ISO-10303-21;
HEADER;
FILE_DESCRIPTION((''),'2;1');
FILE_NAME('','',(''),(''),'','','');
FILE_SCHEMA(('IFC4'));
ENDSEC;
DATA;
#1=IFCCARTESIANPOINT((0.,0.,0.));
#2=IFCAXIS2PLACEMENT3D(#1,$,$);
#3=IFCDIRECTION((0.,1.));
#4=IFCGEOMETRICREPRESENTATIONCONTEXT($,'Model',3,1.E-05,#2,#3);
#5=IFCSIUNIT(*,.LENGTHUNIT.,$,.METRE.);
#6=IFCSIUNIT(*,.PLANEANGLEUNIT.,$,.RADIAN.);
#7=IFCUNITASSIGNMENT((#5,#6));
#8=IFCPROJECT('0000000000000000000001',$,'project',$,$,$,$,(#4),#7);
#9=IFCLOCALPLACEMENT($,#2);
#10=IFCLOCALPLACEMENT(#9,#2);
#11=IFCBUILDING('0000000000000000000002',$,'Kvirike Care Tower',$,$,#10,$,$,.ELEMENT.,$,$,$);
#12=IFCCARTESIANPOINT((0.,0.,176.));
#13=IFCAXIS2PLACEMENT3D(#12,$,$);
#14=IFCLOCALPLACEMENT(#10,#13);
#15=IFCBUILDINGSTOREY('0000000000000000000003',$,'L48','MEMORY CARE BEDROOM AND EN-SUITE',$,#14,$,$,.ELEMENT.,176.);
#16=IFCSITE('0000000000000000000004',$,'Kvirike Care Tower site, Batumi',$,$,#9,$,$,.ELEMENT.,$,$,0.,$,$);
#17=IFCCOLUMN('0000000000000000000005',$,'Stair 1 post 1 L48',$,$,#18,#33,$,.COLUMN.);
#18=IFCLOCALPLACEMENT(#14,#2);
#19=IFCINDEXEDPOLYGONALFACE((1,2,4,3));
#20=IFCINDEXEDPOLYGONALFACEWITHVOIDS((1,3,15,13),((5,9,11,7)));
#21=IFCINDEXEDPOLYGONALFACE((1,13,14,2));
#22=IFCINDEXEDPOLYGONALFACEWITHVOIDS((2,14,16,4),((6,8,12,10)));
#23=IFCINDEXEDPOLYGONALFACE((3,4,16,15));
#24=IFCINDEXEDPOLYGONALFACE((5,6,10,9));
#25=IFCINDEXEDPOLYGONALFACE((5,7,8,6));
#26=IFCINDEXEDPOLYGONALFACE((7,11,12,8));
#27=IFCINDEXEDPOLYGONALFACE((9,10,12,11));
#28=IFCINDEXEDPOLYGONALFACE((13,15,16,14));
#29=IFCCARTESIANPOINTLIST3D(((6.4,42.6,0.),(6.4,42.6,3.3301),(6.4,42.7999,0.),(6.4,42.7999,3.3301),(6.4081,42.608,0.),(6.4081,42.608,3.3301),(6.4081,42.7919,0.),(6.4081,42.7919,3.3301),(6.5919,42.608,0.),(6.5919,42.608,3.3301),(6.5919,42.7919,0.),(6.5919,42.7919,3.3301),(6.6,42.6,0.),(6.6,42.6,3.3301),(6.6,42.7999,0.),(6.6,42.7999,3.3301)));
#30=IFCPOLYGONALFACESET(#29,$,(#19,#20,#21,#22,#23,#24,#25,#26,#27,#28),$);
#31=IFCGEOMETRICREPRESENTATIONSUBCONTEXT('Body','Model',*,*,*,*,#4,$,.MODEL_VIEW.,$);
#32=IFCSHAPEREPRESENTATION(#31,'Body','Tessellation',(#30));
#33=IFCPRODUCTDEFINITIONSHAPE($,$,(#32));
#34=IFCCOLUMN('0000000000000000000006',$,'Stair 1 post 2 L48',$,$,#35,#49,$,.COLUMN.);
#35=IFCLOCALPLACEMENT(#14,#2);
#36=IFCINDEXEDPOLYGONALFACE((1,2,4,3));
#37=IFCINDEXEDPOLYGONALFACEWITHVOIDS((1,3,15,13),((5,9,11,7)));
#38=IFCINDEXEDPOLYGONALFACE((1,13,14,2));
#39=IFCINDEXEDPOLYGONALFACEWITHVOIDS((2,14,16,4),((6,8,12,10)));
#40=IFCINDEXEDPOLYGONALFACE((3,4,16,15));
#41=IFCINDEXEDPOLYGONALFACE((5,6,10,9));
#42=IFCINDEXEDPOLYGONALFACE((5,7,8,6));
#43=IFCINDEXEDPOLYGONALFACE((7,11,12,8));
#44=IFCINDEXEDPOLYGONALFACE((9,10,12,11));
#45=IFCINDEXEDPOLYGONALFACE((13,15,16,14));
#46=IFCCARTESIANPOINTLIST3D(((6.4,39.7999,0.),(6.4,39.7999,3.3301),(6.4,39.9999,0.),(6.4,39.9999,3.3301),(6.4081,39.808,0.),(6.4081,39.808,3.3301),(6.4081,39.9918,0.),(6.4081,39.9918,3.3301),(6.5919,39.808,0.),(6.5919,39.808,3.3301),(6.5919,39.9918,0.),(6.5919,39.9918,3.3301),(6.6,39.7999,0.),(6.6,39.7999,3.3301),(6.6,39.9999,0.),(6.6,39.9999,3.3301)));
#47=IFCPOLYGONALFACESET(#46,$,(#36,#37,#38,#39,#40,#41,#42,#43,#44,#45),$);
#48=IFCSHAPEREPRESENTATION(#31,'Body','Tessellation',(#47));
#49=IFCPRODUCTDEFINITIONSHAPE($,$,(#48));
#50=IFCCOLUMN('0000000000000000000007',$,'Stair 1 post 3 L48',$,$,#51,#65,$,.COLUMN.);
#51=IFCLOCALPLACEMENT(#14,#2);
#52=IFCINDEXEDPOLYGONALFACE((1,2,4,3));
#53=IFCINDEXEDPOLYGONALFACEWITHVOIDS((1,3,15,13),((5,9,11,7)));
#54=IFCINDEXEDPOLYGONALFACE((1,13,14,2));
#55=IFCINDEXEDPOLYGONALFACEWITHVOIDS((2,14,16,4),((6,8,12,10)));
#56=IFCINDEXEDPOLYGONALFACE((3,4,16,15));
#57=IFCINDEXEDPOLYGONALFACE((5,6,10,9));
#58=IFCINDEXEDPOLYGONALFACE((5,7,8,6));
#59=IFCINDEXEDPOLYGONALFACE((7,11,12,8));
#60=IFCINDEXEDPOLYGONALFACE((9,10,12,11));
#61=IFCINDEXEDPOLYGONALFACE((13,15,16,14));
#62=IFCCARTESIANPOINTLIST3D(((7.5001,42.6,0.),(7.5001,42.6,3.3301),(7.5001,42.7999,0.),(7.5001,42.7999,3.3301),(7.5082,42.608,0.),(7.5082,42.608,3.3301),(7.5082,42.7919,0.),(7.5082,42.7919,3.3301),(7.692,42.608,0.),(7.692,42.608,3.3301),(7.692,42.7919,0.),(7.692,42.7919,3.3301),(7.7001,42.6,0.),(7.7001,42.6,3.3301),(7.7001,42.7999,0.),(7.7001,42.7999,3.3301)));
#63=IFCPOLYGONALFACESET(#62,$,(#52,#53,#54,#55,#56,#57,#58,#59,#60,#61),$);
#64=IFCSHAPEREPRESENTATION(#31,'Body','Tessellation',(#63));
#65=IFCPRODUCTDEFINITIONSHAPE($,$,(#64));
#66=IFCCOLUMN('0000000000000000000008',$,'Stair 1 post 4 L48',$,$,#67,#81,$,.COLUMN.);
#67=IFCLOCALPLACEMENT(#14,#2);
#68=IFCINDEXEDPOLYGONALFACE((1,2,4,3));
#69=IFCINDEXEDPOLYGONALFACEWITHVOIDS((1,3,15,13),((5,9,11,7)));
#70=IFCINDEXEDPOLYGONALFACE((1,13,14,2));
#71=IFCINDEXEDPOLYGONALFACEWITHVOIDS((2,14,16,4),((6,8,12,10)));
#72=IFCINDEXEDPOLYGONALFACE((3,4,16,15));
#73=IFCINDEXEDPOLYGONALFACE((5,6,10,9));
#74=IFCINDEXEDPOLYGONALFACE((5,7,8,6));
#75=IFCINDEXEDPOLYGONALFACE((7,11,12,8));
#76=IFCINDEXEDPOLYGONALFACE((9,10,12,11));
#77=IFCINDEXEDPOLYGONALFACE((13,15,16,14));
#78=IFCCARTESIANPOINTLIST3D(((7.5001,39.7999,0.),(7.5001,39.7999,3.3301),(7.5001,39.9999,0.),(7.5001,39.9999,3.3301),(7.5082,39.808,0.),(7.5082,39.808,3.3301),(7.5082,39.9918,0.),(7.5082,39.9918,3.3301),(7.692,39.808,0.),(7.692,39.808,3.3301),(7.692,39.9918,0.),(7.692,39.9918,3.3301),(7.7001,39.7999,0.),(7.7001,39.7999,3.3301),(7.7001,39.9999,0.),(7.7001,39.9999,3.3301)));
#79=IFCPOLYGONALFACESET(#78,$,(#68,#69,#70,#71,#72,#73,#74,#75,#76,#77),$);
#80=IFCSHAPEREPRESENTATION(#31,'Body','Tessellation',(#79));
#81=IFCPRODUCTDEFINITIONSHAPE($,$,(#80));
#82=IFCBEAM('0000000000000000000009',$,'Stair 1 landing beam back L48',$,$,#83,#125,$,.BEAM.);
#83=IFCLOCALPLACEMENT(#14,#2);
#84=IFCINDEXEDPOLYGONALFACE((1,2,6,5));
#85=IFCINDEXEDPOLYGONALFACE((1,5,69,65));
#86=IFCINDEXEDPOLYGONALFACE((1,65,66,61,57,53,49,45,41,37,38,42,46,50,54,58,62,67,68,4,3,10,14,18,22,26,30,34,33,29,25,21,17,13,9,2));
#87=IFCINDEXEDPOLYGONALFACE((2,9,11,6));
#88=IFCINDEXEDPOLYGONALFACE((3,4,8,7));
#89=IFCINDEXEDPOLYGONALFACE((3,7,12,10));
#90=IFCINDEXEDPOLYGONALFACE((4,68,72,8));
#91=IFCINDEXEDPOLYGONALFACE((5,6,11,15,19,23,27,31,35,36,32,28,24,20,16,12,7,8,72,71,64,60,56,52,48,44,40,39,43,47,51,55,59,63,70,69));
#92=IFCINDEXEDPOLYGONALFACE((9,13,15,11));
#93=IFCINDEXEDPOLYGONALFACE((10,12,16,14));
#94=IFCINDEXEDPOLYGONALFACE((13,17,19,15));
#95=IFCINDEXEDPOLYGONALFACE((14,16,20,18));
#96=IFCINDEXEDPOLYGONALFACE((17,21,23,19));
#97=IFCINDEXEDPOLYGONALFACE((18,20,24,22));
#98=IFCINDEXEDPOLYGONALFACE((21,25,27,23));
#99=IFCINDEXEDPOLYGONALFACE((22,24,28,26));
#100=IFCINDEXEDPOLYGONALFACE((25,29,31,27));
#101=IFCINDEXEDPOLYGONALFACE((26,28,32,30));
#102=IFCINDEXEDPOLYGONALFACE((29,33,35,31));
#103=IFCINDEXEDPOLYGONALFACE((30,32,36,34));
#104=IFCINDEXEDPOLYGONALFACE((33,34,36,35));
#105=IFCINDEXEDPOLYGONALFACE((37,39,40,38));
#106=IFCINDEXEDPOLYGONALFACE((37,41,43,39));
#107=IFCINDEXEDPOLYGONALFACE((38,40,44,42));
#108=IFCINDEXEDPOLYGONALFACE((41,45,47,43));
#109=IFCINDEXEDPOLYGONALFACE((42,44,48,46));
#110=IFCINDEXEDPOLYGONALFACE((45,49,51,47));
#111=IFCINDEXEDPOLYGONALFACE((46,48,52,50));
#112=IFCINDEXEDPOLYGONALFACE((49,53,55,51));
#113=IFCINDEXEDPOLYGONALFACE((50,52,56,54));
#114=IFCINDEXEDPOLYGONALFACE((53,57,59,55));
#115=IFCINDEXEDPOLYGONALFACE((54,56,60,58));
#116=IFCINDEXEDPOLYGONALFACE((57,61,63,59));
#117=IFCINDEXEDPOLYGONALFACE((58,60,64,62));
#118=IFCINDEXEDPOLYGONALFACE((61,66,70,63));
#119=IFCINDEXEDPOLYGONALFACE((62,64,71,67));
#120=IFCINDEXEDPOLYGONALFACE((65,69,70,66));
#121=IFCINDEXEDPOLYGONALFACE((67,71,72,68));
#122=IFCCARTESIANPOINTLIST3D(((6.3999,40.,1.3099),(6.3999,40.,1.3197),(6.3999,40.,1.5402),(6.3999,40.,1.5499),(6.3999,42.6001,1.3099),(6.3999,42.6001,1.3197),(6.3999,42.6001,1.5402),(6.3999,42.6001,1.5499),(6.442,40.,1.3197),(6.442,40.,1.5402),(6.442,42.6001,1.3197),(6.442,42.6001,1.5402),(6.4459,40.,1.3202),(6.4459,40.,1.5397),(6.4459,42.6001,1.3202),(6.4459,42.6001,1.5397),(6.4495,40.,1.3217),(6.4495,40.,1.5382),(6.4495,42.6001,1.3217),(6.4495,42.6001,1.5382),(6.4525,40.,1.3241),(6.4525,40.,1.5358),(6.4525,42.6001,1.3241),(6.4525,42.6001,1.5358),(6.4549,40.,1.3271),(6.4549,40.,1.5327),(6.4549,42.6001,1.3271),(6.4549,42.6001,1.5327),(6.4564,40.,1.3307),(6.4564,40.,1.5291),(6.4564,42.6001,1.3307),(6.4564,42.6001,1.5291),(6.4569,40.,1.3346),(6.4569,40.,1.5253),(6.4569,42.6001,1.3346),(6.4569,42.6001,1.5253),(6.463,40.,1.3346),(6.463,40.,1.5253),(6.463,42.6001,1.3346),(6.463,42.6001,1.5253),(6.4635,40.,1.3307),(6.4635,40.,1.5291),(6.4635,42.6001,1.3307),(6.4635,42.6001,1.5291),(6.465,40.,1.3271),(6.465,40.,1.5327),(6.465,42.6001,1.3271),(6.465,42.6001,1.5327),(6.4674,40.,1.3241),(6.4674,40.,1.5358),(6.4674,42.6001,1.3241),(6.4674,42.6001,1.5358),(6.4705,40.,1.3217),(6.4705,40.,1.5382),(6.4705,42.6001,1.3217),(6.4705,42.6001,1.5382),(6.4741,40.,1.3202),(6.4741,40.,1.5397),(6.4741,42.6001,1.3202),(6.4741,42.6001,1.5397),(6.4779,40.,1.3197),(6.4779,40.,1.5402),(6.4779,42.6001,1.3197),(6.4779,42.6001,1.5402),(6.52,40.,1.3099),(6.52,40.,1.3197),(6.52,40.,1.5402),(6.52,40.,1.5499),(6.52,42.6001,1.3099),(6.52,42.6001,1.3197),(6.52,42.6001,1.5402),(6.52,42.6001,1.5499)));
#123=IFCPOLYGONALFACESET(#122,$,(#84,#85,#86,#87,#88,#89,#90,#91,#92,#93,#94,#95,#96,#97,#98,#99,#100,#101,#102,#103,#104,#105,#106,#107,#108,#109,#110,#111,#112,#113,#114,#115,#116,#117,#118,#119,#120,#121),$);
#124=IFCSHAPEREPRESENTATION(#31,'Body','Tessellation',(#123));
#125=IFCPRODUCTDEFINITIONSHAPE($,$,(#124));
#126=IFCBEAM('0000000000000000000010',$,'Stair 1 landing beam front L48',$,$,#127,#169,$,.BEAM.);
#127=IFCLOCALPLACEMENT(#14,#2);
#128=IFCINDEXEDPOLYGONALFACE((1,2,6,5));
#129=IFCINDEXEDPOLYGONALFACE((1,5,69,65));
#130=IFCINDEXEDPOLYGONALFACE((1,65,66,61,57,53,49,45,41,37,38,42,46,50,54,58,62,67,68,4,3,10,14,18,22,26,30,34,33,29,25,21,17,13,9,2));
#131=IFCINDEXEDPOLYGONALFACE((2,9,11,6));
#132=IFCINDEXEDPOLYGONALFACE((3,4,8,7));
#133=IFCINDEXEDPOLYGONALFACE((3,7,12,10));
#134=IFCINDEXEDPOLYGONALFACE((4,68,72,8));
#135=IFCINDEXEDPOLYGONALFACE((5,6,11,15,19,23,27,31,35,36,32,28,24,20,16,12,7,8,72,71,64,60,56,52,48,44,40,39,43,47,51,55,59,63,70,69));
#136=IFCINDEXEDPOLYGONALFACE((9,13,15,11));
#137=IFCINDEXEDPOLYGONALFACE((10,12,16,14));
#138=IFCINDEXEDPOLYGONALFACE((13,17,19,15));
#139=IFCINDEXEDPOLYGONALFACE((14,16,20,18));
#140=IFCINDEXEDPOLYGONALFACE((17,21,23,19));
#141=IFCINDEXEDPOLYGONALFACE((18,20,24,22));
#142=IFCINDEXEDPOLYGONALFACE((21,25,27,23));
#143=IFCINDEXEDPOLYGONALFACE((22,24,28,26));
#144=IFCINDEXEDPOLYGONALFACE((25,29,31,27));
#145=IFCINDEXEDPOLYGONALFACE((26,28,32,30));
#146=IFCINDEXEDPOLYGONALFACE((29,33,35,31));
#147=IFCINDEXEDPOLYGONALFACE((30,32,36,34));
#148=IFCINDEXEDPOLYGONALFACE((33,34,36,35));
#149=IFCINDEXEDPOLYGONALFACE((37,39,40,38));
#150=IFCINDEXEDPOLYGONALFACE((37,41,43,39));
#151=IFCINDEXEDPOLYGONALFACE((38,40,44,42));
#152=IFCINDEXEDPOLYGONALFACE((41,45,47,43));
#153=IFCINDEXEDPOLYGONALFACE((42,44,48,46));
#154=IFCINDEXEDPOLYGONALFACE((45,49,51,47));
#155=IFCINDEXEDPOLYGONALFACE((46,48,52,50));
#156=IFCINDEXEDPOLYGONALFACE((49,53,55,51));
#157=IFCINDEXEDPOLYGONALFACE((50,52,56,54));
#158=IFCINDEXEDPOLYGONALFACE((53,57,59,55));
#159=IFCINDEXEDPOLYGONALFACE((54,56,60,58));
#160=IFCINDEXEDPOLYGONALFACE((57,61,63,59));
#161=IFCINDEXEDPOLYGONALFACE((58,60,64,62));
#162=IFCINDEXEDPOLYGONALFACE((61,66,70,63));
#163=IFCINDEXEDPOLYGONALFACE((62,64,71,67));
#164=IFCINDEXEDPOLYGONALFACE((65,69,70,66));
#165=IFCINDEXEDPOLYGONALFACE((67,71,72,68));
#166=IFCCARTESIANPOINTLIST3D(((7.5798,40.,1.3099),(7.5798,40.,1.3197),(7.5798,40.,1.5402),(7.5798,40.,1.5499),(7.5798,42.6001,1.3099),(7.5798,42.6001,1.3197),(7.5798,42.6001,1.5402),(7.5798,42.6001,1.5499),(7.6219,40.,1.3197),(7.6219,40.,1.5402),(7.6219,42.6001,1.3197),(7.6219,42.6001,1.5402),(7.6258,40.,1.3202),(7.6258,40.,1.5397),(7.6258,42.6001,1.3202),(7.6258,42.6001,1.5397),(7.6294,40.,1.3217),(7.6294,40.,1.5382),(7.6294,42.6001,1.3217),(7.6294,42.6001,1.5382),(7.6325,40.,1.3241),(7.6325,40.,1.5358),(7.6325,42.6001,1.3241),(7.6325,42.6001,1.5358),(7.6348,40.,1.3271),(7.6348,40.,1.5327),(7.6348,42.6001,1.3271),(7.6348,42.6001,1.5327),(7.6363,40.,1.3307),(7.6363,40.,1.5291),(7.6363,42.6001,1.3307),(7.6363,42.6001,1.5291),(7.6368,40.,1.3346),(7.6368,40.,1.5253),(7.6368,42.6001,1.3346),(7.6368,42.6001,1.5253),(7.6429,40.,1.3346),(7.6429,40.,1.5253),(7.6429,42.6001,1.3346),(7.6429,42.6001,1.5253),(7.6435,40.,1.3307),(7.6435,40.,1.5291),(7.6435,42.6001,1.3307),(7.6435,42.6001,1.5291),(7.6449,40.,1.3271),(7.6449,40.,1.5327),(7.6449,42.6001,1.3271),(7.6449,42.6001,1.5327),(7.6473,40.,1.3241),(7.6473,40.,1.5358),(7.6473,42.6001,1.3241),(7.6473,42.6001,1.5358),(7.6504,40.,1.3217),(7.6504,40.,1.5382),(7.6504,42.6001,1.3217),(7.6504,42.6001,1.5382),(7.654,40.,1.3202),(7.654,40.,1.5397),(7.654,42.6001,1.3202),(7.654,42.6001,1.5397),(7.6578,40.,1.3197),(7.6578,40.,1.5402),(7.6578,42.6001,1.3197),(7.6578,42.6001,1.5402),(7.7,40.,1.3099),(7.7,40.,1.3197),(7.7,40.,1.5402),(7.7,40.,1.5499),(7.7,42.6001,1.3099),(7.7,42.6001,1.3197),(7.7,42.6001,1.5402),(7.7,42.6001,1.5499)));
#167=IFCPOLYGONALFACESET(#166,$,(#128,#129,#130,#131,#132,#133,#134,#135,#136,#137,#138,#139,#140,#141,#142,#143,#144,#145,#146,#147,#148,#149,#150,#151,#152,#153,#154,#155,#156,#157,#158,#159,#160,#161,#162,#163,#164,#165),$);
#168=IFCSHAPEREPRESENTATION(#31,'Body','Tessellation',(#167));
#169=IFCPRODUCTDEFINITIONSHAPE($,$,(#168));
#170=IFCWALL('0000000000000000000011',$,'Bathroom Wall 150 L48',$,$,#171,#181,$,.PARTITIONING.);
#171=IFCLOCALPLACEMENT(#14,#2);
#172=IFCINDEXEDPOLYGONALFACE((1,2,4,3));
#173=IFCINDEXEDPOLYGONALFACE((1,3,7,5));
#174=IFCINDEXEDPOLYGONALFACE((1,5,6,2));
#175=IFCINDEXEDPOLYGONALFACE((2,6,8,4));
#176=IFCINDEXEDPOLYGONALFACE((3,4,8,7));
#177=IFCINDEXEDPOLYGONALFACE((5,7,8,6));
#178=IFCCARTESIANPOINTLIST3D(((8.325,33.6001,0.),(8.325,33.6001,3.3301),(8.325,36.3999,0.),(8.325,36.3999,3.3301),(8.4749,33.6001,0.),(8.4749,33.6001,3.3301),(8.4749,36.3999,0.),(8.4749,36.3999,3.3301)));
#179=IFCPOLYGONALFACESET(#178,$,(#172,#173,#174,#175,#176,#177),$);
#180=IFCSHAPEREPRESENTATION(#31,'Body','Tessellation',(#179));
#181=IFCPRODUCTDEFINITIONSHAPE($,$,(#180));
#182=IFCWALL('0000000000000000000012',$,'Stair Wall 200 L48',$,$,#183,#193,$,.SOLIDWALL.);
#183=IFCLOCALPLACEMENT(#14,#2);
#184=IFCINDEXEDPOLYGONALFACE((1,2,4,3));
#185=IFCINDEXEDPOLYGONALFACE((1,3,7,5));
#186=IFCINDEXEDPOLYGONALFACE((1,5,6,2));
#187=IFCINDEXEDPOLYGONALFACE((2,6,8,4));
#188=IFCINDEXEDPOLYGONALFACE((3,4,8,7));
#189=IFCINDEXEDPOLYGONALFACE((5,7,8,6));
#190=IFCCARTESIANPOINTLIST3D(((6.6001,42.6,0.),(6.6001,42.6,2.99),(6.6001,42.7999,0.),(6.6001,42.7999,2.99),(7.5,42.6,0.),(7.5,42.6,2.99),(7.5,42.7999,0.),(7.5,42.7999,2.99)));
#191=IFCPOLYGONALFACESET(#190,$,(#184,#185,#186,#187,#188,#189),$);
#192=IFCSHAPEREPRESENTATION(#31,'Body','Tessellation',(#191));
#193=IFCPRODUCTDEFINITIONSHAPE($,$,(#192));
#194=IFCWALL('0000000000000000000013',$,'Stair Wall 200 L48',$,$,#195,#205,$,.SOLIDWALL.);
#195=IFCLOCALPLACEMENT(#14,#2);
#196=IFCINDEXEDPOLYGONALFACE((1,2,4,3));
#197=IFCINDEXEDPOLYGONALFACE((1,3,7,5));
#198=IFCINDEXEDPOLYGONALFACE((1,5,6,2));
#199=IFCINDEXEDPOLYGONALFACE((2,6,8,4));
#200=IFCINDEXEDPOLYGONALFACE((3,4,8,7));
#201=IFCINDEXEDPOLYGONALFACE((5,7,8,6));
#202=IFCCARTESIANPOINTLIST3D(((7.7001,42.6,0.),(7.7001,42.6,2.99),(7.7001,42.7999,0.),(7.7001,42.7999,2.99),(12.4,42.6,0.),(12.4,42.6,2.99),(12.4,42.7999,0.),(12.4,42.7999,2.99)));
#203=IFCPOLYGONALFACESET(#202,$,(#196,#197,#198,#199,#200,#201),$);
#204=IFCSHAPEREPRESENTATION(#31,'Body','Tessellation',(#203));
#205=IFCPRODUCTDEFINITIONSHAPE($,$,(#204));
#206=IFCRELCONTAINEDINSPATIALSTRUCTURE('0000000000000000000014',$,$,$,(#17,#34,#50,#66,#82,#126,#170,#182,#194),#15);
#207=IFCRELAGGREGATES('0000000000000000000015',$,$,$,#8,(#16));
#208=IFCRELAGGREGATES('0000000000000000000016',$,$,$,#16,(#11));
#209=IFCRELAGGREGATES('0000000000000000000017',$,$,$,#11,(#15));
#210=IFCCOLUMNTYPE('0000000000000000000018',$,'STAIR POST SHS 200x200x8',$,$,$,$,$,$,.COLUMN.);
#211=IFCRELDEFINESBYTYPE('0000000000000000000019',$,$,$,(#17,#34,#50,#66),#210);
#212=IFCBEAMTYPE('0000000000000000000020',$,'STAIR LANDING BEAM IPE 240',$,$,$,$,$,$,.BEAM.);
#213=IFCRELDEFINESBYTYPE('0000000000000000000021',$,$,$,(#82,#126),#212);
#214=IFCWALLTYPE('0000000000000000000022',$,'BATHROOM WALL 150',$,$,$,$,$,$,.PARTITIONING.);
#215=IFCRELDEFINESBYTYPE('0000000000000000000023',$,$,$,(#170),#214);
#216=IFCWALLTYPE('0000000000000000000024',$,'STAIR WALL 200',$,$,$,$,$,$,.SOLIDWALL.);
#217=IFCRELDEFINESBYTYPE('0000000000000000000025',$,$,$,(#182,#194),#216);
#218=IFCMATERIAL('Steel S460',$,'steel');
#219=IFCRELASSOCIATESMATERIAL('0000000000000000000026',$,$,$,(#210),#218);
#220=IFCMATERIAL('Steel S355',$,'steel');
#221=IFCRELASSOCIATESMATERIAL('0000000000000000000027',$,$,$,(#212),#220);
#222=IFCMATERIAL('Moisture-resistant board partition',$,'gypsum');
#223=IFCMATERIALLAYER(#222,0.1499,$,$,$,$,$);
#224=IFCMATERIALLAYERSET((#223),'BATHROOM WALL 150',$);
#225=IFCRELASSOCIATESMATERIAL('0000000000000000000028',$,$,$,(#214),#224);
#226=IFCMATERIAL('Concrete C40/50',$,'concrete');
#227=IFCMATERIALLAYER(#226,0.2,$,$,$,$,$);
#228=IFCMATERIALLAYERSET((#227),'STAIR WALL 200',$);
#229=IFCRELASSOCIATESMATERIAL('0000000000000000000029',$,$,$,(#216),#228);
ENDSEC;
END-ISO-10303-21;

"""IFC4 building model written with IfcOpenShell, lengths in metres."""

from ifc_helpers import new_model, si_unit, direction, frame, frame_2d, origin, origin_2d, place, context, subcontext, project, spatial, rectangle, hollow_rectangle, i_section, extrude, material, layer, layer_set, material_profile, profile_set, type_object, element, save


model = new_model("IFC4")

# Units and contexts
model_context = context("Model", 3, precision=1e-05, world=origin(), true_north=direction((0.0, 1.0)))
body_context = subcontext(model_context, "Body", "Model", "MODEL_VIEW")
ifc_project = project(units=[si_unit("LENGTHUNIT", "METRE"), si_unit("PLANEANGLEUNIT", "RADIAN")], contexts=[model_context])

# Site, building, storey
site_placement = place(None, origin())
site = spatial("IfcSite", under=ifc_project, at=site_placement, Name="Kvirike Care Tower site, Batumi", CompositionType="ELEMENT", RefElevation=0.0)
building_placement = place(site_placement, origin())
building = spatial("IfcBuilding", under=site, at=building_placement, Name="Kvirike Care Tower", CompositionType="ELEMENT")
storey_placement = place(building_placement, frame((0.0, 0.0, 176.0)))
storey = spatial("IfcBuildingStorey", under=building, at=storey_placement, Name="L48", Description="MEMORY CARE BEDROOM AND EN-SUITE", CompositionType="ELEMENT", Elevation=176.0)

# Columns
ifc_material_1 = material(Name="Steel S460", Category="steel")
ifc_material_profile_1 = material_profile(ifc_material_1, hollow_rectangle(XDim=0.2, YDim=0.2, WallThickness=0.0081, at=origin_2d()), Name="SHS 200x200x8")
ifc_profile_set_1 = profile_set([ifc_material_profile_1], Name="Steel S460")
column_type = type_object("IfcColumnType", Name="STAIR POST SHS 200x200x8", PredefinedType="COLUMN", material=ifc_profile_set_1)
for number, where, z_axis, x_axis, name in (
    (1, (6.5, 42.7, 0.0), (0.0, 0.0, 1.0), (1.0, 0.0, 0.0), "Stair 1 post 1 L48"),
    (2, (6.5, 39.8999, 0.0), (0.0, 0.0, 1.0), (1.0, 0.0, 0.0), "Stair 1 post 2 L48"),
    (3, (7.6001, 42.7, 0.0), (0.0, 0.0, 1.0), (1.0, 0.0, 0.0), "Stair 1 post 3 L48"),
    (4, (7.6001, 39.8999, 0.0), (0.0, 0.0, 1.0), (1.0, 0.0, 0.0), "Stair 1 post 4 L48"),
):
    element("IfcColumn", number, at=place(storey_placement, frame(where, z_axis=z_axis, x_axis=x_axis)), inside=storey, type_object=column_type, Name=name, PredefinedType="COLUMN", context=body_context, shape_type="SweptSolid", body=[
        extrude(hollow_rectangle(XDim=0.2, YDim=0.2, WallThickness=0.0081, at=origin_2d()), origin(), (0.0, 0.0, 1.0), 3.3301),
    ])

# Beams
ifc_material_2 = material(Name="Steel S355", Category="steel")
ifc_material_profile_2 = material_profile(ifc_material_2, i_section(OverallWidth=0.1201, OverallDepth=0.24, WebThickness=0.0061, FlangeThickness=0.0098, FilletRadius=0.0149, at=origin_2d()), Name="IPE 240")
ifc_profile_set_2 = profile_set([ifc_material_profile_2], Name="Steel S355")
beam_type = type_object("IfcBeamType", Name="STAIR LANDING BEAM IPE 240", PredefinedType="BEAM", material=ifc_profile_set_2)
for number, where, z_axis, x_axis, name in (
    (5, (6.46, 42.6001, 1.4299), (0.0, -1.0, 0.0), (1.0, 0.0, 0.0), "Stair 1 landing beam back L48"),
    (6, (7.6399, 42.6001, 1.4299), (0.0, -1.0, 0.0), (1.0, 0.0, 0.0), "Stair 1 landing beam front L48"),
):
    element("IfcBeam", number, at=place(storey_placement, frame(where, z_axis=z_axis, x_axis=x_axis)), inside=storey, type_object=beam_type, Name=name, PredefinedType="BEAM", context=body_context, shape_type="SweptSolid", body=[
        extrude(i_section(OverallWidth=0.1201, OverallDepth=0.24, WebThickness=0.0061, FlangeThickness=0.0098, FilletRadius=0.0149, at=origin_2d()), origin(), (0.0, 0.0, 1.0), 2.6001),
    ])

# Walls
ifc_material_3 = material(Name="Moisture-resistant board partition", Category="gypsum")
ifc_layer_1 = layer(ifc_material_3, 0.1499)
ifc_layer_set_1 = layer_set([ifc_layer_1], Name="BATHROOM WALL 150")
wall_type_1 = type_object("IfcWallType", Name="BATHROOM WALL 150", PredefinedType="PARTITIONING", material=ifc_layer_set_1)
wall_1_placement = place(storey_placement, frame((8.3999, 36.3999, 0.0), z_axis=(0.0, 0.0, 1.0), x_axis=(0.0, -1.0, 0.0)))
element("IfcWall", 7, at=wall_1_placement, inside=storey, type_object=wall_type_1, Name="Bathroom Wall 150 L48", PredefinedType="PARTITIONING", context=body_context, shape_type="SweptSolid", body=[
    extrude(rectangle(XDim=2.7998, YDim=0.1499, at=frame_2d((1.3999, 0.0))), origin(), (0.0, 0.0, 1.0), 3.3301),
])
ifc_material_4 = material(Name="Concrete C40/50", Category="concrete")
ifc_layer_2 = layer(ifc_material_4, 0.2)
ifc_layer_set_2 = layer_set([ifc_layer_2], Name="STAIR WALL 200")
wall_type_2 = type_object("IfcWallType", Name="STAIR WALL 200", PredefinedType="SOLIDWALL", material=ifc_layer_set_2)
wall_2_placement = place(storey_placement, frame((6.6001, 42.7, 0.0), z_axis=(0.0, 0.0, 1.0), x_axis=(1.0, 0.0, 0.0)))
element("IfcWall", 8, at=wall_2_placement, inside=storey, type_object=wall_type_2, Name="Stair Wall 200 L48", PredefinedType="SOLIDWALL", context=body_context, shape_type="SweptSolid", body=[
    extrude(rectangle(XDim=0.8999, YDim=0.2, at=frame_2d((0.45, 0.0))), origin(), (0.0, 0.0, 1.0), 2.99),
])
wall_3_placement = place(storey_placement, frame((7.7, 42.7, 0.0), z_axis=(0.0, 0.0, 1.0), x_axis=(1.0, 0.0, 0.0)))
element("IfcWall", 9, at=wall_3_placement, inside=storey, type_object=wall_type_2, Name="Stair Wall 200 L48", PredefinedType="SOLIDWALL", context=body_context, shape_type="SweptSolid", body=[
    extrude(rectangle(XDim=4.7, YDim=0.2, at=frame_2d((2.3501, 0.0))), origin(), (0.0, 0.0, 1.0), 2.99),
])

save(model, "model.ifc")
